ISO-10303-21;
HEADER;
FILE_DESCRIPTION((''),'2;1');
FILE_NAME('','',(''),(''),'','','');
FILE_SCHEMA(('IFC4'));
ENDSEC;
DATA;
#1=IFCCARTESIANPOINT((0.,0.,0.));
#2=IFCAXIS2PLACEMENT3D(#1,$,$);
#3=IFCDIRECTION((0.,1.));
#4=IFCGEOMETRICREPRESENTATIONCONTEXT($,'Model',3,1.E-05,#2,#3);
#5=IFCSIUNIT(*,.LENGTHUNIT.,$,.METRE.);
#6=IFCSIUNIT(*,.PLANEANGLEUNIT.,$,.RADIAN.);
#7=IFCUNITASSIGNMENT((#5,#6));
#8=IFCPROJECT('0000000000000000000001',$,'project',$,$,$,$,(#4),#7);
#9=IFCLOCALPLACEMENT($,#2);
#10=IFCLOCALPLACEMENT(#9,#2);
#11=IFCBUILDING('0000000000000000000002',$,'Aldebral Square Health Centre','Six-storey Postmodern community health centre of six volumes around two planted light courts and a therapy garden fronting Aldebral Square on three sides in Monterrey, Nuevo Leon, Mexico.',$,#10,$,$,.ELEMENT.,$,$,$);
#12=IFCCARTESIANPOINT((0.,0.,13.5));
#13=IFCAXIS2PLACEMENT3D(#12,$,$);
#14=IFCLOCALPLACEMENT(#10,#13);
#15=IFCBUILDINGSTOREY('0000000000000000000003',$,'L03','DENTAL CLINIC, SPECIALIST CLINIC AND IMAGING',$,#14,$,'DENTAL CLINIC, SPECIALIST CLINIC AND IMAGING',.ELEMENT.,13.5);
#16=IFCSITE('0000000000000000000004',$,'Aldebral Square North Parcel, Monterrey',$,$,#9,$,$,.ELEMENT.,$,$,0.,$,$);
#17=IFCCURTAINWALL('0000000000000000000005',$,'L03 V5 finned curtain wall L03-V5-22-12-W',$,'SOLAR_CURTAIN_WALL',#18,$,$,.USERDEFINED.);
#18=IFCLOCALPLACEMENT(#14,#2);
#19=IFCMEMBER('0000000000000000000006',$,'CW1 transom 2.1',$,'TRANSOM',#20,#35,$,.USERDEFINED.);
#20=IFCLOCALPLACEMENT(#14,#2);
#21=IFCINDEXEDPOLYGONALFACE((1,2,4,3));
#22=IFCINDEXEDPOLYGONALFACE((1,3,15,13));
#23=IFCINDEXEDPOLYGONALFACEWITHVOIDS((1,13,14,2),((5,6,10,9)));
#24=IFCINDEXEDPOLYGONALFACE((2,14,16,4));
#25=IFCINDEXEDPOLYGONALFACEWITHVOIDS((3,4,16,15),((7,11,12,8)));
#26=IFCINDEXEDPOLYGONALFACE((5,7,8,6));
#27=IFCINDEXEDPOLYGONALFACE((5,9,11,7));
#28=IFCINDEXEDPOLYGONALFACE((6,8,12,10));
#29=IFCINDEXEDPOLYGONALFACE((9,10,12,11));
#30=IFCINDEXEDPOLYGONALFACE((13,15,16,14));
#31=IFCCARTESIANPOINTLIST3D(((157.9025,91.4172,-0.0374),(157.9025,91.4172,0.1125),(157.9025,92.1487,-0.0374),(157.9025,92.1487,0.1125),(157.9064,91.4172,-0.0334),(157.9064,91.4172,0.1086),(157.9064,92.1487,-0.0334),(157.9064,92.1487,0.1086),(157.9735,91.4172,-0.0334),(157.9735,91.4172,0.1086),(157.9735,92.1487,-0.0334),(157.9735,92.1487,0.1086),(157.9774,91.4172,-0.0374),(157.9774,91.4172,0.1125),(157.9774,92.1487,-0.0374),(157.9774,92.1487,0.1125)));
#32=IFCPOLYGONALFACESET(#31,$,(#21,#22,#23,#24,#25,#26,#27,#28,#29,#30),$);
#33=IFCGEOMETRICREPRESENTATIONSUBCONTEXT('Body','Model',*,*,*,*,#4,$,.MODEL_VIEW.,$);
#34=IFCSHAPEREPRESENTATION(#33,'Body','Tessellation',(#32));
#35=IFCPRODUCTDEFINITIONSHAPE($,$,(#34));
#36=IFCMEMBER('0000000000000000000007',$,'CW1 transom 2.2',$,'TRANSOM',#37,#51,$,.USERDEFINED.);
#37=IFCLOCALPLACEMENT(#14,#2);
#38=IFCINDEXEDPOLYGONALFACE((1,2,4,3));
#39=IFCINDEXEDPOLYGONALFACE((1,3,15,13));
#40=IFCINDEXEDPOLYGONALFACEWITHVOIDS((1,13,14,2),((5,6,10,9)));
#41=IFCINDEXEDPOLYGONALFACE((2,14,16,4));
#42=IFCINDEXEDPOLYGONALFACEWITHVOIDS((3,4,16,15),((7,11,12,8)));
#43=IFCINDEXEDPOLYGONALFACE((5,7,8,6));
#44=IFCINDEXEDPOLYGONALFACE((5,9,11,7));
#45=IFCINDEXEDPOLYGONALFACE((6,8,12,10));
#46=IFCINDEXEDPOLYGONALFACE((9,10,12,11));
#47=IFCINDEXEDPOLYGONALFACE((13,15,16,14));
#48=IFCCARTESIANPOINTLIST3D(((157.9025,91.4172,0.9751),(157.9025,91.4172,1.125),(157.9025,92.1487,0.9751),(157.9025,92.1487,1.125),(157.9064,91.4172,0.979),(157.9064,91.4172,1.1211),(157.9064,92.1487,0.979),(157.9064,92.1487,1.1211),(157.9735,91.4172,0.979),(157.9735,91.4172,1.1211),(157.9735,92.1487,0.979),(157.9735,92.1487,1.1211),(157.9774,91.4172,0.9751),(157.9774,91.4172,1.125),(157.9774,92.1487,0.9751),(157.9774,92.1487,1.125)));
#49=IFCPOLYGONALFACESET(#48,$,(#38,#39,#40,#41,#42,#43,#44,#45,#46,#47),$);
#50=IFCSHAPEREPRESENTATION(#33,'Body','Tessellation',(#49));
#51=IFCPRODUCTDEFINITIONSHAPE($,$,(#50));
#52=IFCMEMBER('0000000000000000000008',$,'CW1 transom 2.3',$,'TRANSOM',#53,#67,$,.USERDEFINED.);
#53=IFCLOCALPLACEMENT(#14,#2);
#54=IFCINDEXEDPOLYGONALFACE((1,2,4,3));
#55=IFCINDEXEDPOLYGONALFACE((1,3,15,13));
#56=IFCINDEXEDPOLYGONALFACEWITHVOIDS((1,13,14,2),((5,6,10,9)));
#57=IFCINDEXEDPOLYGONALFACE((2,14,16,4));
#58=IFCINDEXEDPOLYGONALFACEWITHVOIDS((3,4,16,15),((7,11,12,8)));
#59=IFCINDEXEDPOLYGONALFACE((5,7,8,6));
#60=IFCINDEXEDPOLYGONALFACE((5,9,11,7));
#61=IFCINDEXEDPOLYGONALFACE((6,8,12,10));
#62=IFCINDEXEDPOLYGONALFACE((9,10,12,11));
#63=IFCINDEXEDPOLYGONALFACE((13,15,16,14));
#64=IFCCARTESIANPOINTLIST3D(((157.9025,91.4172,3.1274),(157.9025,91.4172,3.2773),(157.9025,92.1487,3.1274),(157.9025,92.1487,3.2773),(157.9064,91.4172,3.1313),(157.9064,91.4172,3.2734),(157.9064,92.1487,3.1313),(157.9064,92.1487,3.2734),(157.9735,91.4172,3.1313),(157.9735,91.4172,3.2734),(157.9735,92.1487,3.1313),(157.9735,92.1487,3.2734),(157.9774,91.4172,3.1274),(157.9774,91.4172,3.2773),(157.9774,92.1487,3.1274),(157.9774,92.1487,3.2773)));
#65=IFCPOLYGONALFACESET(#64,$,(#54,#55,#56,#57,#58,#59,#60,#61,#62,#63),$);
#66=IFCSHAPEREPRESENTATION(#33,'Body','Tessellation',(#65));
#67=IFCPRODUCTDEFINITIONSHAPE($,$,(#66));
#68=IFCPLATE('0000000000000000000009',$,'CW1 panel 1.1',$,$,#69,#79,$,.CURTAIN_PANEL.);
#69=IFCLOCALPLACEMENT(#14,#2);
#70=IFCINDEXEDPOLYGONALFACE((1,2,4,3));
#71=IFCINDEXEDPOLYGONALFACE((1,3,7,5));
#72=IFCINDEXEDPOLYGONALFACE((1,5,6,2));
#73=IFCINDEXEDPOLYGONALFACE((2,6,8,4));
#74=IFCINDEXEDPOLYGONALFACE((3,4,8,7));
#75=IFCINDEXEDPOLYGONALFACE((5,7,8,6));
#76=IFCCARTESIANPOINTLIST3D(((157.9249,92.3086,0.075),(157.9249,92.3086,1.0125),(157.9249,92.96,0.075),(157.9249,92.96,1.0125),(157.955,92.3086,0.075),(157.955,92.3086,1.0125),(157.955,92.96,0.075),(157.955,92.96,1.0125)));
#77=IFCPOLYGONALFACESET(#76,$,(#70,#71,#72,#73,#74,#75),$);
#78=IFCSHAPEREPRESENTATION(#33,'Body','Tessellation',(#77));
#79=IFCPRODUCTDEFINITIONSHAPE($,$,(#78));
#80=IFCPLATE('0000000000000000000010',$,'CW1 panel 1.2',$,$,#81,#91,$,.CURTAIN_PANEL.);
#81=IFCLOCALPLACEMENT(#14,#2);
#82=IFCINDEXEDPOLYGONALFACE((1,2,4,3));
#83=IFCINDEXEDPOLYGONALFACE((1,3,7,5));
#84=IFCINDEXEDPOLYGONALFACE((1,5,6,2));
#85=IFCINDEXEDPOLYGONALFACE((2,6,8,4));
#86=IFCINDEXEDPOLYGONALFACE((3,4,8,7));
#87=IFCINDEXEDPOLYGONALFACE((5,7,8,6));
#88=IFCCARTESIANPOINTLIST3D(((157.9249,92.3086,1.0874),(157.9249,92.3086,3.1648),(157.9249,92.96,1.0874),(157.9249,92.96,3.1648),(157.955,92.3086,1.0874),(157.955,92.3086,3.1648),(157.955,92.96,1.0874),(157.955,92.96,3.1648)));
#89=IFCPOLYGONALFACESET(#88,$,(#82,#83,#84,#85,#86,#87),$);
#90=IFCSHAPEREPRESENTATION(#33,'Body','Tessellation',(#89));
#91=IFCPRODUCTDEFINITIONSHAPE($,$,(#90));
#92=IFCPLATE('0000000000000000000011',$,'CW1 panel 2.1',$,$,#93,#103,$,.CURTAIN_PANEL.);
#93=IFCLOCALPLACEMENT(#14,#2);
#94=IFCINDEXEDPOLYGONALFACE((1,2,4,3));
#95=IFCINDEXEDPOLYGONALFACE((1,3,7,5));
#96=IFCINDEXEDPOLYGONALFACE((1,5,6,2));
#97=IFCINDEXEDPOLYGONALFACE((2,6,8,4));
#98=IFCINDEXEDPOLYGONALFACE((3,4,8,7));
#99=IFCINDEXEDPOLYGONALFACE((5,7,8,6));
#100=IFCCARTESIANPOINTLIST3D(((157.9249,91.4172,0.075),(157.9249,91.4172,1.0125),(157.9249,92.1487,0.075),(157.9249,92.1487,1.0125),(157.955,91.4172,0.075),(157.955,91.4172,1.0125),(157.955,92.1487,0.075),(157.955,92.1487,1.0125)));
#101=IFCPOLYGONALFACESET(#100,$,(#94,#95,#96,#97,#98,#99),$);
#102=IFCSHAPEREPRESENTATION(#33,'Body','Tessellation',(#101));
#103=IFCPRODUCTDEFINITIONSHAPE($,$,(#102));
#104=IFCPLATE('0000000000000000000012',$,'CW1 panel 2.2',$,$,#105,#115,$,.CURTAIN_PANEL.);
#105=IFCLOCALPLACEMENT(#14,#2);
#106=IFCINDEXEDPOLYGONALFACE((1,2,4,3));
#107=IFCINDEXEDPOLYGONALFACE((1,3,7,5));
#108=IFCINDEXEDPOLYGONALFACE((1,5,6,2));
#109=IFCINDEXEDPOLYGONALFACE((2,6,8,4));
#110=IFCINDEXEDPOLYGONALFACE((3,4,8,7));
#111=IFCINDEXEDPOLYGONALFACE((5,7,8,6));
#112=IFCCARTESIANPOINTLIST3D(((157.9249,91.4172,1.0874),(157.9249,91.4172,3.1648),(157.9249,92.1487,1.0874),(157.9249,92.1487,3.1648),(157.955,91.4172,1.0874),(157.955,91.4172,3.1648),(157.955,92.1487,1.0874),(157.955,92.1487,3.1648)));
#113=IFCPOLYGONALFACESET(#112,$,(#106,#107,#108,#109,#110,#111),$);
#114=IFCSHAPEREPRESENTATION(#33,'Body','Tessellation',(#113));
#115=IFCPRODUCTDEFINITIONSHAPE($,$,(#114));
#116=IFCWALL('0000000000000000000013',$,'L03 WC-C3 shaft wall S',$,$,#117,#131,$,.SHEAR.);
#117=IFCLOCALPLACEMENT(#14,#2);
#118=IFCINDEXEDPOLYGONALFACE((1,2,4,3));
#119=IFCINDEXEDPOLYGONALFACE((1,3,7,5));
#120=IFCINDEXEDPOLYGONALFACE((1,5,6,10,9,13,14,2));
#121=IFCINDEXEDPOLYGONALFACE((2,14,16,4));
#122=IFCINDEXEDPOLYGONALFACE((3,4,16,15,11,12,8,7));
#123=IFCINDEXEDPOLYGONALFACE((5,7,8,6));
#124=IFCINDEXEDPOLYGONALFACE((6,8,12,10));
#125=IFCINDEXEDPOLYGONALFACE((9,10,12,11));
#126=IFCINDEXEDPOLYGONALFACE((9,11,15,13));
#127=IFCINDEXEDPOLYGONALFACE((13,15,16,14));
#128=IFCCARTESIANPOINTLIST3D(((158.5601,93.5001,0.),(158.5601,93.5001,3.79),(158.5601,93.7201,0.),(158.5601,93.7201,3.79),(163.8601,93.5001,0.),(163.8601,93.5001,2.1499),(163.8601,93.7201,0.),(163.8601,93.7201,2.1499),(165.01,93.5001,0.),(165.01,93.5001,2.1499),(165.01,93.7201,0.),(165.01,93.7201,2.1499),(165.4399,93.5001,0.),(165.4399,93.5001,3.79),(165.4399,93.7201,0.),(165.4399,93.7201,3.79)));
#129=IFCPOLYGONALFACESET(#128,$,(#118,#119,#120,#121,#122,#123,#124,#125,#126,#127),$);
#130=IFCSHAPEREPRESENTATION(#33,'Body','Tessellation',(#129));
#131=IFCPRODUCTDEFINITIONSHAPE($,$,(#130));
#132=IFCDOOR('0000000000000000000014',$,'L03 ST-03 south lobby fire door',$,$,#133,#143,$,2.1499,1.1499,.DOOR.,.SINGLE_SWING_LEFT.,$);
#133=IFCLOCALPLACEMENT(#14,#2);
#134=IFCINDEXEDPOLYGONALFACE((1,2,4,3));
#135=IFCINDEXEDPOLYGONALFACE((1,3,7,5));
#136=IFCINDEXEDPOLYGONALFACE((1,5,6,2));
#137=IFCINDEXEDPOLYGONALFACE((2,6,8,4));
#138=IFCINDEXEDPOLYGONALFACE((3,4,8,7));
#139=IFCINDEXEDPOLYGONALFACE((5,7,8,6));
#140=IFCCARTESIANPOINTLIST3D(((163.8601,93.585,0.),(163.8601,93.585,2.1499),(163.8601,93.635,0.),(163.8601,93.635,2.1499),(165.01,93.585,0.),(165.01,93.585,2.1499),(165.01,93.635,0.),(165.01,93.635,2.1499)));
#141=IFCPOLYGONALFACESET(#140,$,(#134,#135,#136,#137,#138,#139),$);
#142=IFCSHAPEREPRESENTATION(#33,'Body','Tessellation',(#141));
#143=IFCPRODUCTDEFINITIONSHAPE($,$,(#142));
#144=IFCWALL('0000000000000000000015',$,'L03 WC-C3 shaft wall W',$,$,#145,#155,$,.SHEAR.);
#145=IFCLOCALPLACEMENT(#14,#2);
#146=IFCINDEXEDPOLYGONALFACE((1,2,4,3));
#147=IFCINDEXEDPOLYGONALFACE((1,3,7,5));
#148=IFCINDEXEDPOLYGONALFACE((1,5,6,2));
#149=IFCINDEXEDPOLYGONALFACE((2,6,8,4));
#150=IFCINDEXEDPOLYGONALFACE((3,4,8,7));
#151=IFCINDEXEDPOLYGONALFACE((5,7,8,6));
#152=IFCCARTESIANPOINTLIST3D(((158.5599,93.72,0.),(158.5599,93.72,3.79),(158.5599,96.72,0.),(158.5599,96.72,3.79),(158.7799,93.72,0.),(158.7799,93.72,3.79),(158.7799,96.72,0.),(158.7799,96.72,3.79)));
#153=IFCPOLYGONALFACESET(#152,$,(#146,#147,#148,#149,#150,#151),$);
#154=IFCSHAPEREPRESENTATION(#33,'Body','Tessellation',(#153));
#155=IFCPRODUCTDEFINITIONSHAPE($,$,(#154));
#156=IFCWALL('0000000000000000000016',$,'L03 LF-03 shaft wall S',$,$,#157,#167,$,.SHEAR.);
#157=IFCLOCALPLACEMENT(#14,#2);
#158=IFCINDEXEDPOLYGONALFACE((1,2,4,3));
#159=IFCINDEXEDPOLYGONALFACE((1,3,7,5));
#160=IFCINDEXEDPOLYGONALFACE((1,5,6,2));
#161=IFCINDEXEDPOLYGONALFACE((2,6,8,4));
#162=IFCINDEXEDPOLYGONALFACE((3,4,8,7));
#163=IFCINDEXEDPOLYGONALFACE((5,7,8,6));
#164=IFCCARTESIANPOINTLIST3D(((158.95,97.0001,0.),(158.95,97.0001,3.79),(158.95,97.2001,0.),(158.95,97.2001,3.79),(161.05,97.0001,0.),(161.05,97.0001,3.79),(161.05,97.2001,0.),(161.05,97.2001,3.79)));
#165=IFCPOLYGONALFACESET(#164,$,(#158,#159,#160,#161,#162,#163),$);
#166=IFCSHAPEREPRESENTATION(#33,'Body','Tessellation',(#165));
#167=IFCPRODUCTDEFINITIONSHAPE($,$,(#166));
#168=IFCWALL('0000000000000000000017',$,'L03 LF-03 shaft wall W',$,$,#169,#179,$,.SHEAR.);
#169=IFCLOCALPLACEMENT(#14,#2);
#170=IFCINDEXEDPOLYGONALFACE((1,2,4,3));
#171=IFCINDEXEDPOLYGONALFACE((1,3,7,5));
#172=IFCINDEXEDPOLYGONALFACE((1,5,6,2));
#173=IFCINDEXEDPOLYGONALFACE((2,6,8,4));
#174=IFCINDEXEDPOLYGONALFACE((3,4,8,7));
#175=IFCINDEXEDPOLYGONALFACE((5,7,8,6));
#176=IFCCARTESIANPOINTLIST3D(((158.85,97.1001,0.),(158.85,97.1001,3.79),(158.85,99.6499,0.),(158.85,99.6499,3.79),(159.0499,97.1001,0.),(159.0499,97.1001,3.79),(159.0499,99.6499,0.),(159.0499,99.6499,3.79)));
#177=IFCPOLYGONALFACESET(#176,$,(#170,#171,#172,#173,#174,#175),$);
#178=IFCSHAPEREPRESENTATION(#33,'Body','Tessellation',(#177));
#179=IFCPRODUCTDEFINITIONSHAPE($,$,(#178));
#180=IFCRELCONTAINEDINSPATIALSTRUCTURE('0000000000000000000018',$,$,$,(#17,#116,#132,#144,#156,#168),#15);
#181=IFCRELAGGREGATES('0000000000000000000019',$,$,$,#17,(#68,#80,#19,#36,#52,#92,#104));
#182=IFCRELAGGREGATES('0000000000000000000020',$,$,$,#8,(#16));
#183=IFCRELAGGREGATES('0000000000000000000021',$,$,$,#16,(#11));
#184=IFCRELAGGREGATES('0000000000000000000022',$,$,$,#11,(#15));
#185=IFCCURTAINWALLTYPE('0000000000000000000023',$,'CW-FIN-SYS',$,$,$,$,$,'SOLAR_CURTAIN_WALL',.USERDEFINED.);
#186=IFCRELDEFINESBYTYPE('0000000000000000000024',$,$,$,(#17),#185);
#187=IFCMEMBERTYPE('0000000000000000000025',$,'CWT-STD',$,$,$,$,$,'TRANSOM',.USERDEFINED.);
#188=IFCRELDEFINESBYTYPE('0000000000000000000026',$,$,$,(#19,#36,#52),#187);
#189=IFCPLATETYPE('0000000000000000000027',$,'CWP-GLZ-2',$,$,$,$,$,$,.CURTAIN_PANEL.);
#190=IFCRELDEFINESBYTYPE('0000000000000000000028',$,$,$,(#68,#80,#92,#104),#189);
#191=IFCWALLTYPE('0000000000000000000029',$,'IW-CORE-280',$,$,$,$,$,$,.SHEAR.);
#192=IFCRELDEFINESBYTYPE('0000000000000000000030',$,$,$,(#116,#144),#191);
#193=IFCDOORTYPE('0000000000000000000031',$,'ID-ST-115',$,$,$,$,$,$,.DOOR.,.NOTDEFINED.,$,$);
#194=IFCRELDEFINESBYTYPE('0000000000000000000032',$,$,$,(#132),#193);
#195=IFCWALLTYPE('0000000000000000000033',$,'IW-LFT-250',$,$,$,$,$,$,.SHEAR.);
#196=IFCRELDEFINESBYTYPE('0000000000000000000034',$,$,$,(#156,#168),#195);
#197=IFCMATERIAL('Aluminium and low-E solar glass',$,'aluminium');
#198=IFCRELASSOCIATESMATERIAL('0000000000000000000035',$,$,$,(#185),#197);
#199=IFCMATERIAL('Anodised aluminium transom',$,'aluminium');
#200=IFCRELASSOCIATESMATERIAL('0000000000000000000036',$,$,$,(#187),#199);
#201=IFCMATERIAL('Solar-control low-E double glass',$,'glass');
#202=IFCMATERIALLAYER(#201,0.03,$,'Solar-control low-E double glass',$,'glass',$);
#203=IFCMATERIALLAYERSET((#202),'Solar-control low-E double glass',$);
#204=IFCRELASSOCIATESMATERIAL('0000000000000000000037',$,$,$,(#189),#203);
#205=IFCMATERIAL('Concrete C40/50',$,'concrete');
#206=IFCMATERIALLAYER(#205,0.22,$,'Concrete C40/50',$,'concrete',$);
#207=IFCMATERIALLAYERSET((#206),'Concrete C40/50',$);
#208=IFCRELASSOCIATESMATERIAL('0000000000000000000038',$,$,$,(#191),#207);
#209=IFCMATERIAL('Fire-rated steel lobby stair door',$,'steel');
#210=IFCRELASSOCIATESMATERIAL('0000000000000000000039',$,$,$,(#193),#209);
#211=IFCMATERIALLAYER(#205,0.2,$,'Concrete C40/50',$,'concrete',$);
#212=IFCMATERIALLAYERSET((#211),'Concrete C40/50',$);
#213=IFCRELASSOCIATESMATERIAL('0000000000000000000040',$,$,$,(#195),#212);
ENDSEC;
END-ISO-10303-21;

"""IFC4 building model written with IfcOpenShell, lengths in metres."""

from ifc_helpers import new_model, si_unit, direction, frame, frame_2d, origin, origin_2d, place, context, subcontext, project, spatial, rectangle, hollow_rectangle, extrude, material, layer, layer_set, material_profile, profile_set, type_object, element, fill, aggregate, save


model = new_model("IFC4")

# Units and contexts
model_context = context("Model", 3, precision=1e-05, world=origin(), true_north=direction((0.0, 1.0)))
body_context = subcontext(model_context, "Body", "Model", "MODEL_VIEW")
ifc_project = project(units=[si_unit("LENGTHUNIT", "METRE"), si_unit("PLANEANGLEUNIT", "RADIAN")], contexts=[model_context])

# Site, building, storey
site_placement = place(None, origin())
site = spatial("IfcSite", under=ifc_project, at=site_placement, Name="Aldebral Square North Parcel, Monterrey", CompositionType="ELEMENT", RefElevation=0.0)
building_placement = place(site_placement, origin())
building = spatial("IfcBuilding", under=site, at=building_placement, Name="Aldebral Square Health Centre", Description="Six-storey Postmodern community health centre of six volumes around two planted light courts and a therapy garden fronting Aldebral Square on three sides in Monterrey, Nuevo Leon, Mexico.", CompositionType="ELEMENT")
storey_placement = place(building_placement, frame((0.0, 0.0, 13.5)))
storey = spatial("IfcBuildingStorey", under=building, at=storey_placement, Name="L03", Description="DENTAL CLINIC, SPECIALIST CLINIC AND IMAGING", LongName="DENTAL CLINIC, SPECIALIST CLINIC AND IMAGING", CompositionType="ELEMENT", Elevation=13.5)

# Shared definitions
ifc_material_1 = material(Name="Concrete C40/50", Category="concrete")

# Curtain wall, members, plates
ifc_material_2 = material(Name="Aluminium and low-E solar glass", Category="aluminium")
curtain_wall_type = type_object("IfcCurtainWallType", Name="CW-FIN-SYS", ElementType="SOLAR_CURTAIN_WALL", PredefinedType="USERDEFINED", material=ifc_material_2)
curtain_wall_placement = place(storey_placement, origin())
curtain_wall = element("IfcCurtainWall", 1, at=curtain_wall_placement, inside=storey, type_object=curtain_wall_type, Name="L03 V5 finned curtain wall L03-V5-22-12-W", ObjectType="SOLAR_CURTAIN_WALL", PredefinedType="USERDEFINED")
ifc_material_3 = material(Name="Anodised aluminium transom", Category="aluminium")
ifc_material_profile_1 = material_profile(ifc_material_3, hollow_rectangle(XDim=0.075, YDim=0.1499, WallThickness=0.0039, at=origin_2d()), Name="CWT 75x150x4")
ifc_profile_set_1 = profile_set([ifc_material_profile_1], Name="Anodised aluminium transom")
member_type_1 = type_object("IfcMemberType", Name="CWT-STD", ElementType="TRANSOM", PredefinedType="USERDEFINED", material=ifc_profile_set_1)
member_1_placement = place(storey_placement, frame((157.9399, 92.1487, 0.0376), z_axis=(0.0, -1.0, 0.0), x_axis=(1.0, 0.0, 0.0)))
member_1 = element("IfcMember", 2, at=member_1_placement, type_object=member_type_1, Name="CW1 transom 2.1", ObjectType="TRANSOM", PredefinedType="USERDEFINED", context=body_context, shape_type="SweptSolid", body=[
    extrude(hollow_rectangle(XDim=0.075, YDim=0.1499, WallThickness=0.0039, at=origin_2d()), origin(), (0.0, 0.0, 1.0), 0.7314),
])
member_2_placement = place(storey_placement, frame((157.9399, 92.1487, 1.05), z_axis=(0.0, -1.0, 0.0), x_axis=(1.0, 0.0, 0.0)))
member_2 = element("IfcMember", 3, at=member_2_placement, type_object=member_type_1, Name="CW1 transom 2.2", ObjectType="TRANSOM", PredefinedType="USERDEFINED", context=body_context, shape_type="SweptSolid", body=[
    extrude(hollow_rectangle(XDim=0.075, YDim=0.1499, WallThickness=0.0039, at=origin_2d()), origin(), (0.0, 0.0, 1.0), 0.7314),
])
member_3_placement = place(storey_placement, frame((157.9399, 92.1487, 3.2024), z_axis=(0.0, -1.0, 0.0), x_axis=(1.0, 0.0, 0.0)))
member_3 = element("IfcMember", 4, at=member_3_placement, type_object=member_type_1, Name="CW1 transom 2.3", ObjectType="TRANSOM", PredefinedType="USERDEFINED", context=body_context, shape_type="SweptSolid", body=[
    extrude(hollow_rectangle(XDim=0.075, YDim=0.1499, WallThickness=0.0039, at=origin_2d()), origin(), (0.0, 0.0, 1.0), 0.7314),
])
ifc_material_4 = material(Name="Solar-control low-E double glass", Category="glass")
ifc_layer_1 = layer(ifc_material_4, 0.03, Name="Solar-control low-E double glass", Category="glass")
ifc_layer_set_1 = layer_set([ifc_layer_1], Name="Solar-control low-E double glass")
plate_type = type_object("IfcPlateType", Name="CWP-GLZ-2", PredefinedType="CURTAIN_PANEL", material=ifc_layer_set_1)
plate_1_placement = place(storey_placement, frame((157.9399, 92.6343, 0.075), z_axis=(0.0, 0.0, 1.0), x_axis=(0.0, -1.0, 0.0)))
plate_1 = element("IfcPlate", 5, at=plate_1_placement, type_object=plate_type, Name="CW1 panel 1.1", PredefinedType="CURTAIN_PANEL", context=body_context, shape_type="SweptSolid", body=[
    extrude(rectangle(XDim=0.6514, YDim=0.03, at=origin_2d()), origin(), (0.0, 0.0, 1.0), 0.9375),
])
plate_2_placement = place(storey_placement, frame((157.9399, 92.6343, 1.0874), z_axis=(0.0, 0.0, 1.0), x_axis=(0.0, -1.0, 0.0)))
plate_2 = element("IfcPlate", 6, at=plate_2_placement, type_object=plate_type, Name="CW1 panel 1.2", PredefinedType="CURTAIN_PANEL", context=body_context, shape_type="SweptSolid", body=[
    extrude(rectangle(XDim=0.6514, YDim=0.03, at=origin_2d()), origin(), (0.0, 0.0, 1.0), 2.0774),
])
plate_3_placement = place(storey_placement, frame((157.9399, 91.783, 0.075), z_axis=(0.0, 0.0, 1.0), x_axis=(0.0, -1.0, 0.0)))
plate_3 = element("IfcPlate", 7, at=plate_3_placement, type_object=plate_type, Name="CW1 panel 2.1", PredefinedType="CURTAIN_PANEL", context=body_context, shape_type="SweptSolid", body=[
    extrude(rectangle(XDim=0.7314, YDim=0.03, at=origin_2d()), origin(), (0.0, 0.0, 1.0), 0.9375),
])
plate_4_placement = place(storey_placement, frame((157.9399, 91.783, 1.0874), z_axis=(0.0, 0.0, 1.0), x_axis=(0.0, -1.0, 0.0)))
plate_4 = element("IfcPlate", 8, at=plate_4_placement, type_object=plate_type, Name="CW1 panel 2.2", PredefinedType="CURTAIN_PANEL", context=body_context, shape_type="SweptSolid", body=[
    extrude(rectangle(XDim=0.7314, YDim=0.03, at=origin_2d()), origin(), (0.0, 0.0, 1.0), 2.0774),
])
aggregate(curtain_wall, [plate_1, plate_2, member_1, member_2, member_3, plate_3, plate_4])

# Wall, opening, door
ifc_layer_2 = layer(ifc_material_1, 0.22, Name="Concrete C40/50", Category="concrete")
ifc_layer_set_2 = layer_set([ifc_layer_2], Name="Concrete C40/50")
wall_type_1 = type_object("IfcWallType", Name="IW-CORE-280", PredefinedType="SHEAR", material=ifc_layer_set_2)
wall_1_placement = place(storey_placement, frame((158.5601, 93.6101, 0.0), z_axis=(0.0, 0.0, 1.0), x_axis=(1.0, 0.0, 0.0)))
wall_1 = element("IfcWall", 9, at=wall_1_placement, inside=storey, type_object=wall_type_1, Name="L03 WC-C3 shaft wall S", PredefinedType="SHEAR", context=body_context, shape_type="SweptSolid", body=[
    extrude(rectangle(XDim=6.8799, YDim=0.22, at=frame_2d((3.4399, 0.0))), origin(), (0.0, 0.0, 1.0), 3.79),
])
opening_1_placement = place(wall_1_placement, frame((5.3, 0.0, 0.0)))
opening_1 = element("IfcOpeningElement", 10, at=opening_1_placement, cuts=wall_1, PredefinedType="OPENING", context=body_context, shape_type="SweptSolid", body=[
    extrude(rectangle(XDim=1.1499, YDim=2.1499, at=frame_2d((0.575, 1.075))), frame((0.0, 0.1201, 0.0), z_axis=(0.0, -1.0, 0.0), x_axis=(1.0, 0.0, 0.0)), (0.0, 0.0, 1.0), 0.24),
])
ifc_material_5 = material(Name="Fire-rated steel lobby stair door", Category="steel")
door_type_1 = type_object("IfcDoorType", Name="ID-ST-115", OperationType="NOTDEFINED", PredefinedType="DOOR", material=ifc_material_5)
door_1_placement = place(opening_1_placement, origin())
door_1 = element("IfcDoor", 11, at=door_1_placement, inside=storey, type_object=door_type_1, Name="L03 ST-03 south lobby fire door", OperationType="SINGLE_SWING_LEFT", OverallHeight=2.1499, OverallWidth=1.1499, PredefinedType="DOOR", context=body_context, shape_type="SweptSolid", body=[
    extrude(rectangle(XDim=1.1499, YDim=2.1499, at=frame_2d((0.575, 1.075))), frame((0.0, 0.0249, 0.0), z_axis=(0.0, -1.0, 0.0), x_axis=(1.0, 0.0, 0.0)), (0.0, 0.0, 1.0), 0.05),
])
fill(opening_1, door_1)

# Walls
wall_2_placement = place(storey_placement, frame((158.6699, 93.72, 0.0), z_axis=(0.0, 0.0, 1.0), x_axis=(0.0, 1.0, 0.0)))
element("IfcWall", 12, at=wall_2_placement, inside=storey, type_object=wall_type_1, Name="L03 WC-C3 shaft wall W", PredefinedType="SHEAR", context=body_context, shape_type="SweptSolid", body=[
    extrude(rectangle(XDim=3.0, YDim=0.22, at=frame_2d((1.5, 0.0))), origin(), (0.0, 0.0, 1.0), 3.79),
])
ifc_layer_3 = layer(ifc_material_1, 0.2, Name="Concrete C40/50", Category="concrete")
ifc_layer_set_3 = layer_set([ifc_layer_3], Name="Concrete C40/50")
wall_type_2 = type_object("IfcWallType", Name="IW-LFT-250", PredefinedType="SHEAR", material=ifc_layer_set_3)
wall_3_placement = place(storey_placement, frame((158.95, 97.1001, 0.0), z_axis=(0.0, 0.0, 1.0), x_axis=(1.0, 0.0, 0.0)))
element("IfcWall", 13, at=wall_3_placement, inside=storey, type_object=wall_type_2, Name="L03 LF-03 shaft wall S", PredefinedType="SHEAR", context=body_context, shape_type="SweptSolid", body=[
    extrude(rectangle(XDim=2.1001, YDim=0.2, at=frame_2d((1.05, 0.0))), origin(), (0.0, 0.0, 1.0), 3.79),
])
wall_4_placement = place(storey_placement, frame((158.95, 97.1001, 0.0), z_axis=(0.0, 0.0, 1.0), x_axis=(0.0, 1.0, 0.0)))
element("IfcWall", 14, at=wall_4_placement, inside=storey, type_object=wall_type_2, Name="L03 LF-03 shaft wall W", PredefinedType="SHEAR", context=body_context, shape_type="SweptSolid", body=[
    extrude(rectangle(XDim=2.5498, YDim=0.2, at=frame_2d((1.2749, 0.0))), origin(), (0.0, 0.0, 1.0), 3.79),
])

save(model, "model.ifc")
